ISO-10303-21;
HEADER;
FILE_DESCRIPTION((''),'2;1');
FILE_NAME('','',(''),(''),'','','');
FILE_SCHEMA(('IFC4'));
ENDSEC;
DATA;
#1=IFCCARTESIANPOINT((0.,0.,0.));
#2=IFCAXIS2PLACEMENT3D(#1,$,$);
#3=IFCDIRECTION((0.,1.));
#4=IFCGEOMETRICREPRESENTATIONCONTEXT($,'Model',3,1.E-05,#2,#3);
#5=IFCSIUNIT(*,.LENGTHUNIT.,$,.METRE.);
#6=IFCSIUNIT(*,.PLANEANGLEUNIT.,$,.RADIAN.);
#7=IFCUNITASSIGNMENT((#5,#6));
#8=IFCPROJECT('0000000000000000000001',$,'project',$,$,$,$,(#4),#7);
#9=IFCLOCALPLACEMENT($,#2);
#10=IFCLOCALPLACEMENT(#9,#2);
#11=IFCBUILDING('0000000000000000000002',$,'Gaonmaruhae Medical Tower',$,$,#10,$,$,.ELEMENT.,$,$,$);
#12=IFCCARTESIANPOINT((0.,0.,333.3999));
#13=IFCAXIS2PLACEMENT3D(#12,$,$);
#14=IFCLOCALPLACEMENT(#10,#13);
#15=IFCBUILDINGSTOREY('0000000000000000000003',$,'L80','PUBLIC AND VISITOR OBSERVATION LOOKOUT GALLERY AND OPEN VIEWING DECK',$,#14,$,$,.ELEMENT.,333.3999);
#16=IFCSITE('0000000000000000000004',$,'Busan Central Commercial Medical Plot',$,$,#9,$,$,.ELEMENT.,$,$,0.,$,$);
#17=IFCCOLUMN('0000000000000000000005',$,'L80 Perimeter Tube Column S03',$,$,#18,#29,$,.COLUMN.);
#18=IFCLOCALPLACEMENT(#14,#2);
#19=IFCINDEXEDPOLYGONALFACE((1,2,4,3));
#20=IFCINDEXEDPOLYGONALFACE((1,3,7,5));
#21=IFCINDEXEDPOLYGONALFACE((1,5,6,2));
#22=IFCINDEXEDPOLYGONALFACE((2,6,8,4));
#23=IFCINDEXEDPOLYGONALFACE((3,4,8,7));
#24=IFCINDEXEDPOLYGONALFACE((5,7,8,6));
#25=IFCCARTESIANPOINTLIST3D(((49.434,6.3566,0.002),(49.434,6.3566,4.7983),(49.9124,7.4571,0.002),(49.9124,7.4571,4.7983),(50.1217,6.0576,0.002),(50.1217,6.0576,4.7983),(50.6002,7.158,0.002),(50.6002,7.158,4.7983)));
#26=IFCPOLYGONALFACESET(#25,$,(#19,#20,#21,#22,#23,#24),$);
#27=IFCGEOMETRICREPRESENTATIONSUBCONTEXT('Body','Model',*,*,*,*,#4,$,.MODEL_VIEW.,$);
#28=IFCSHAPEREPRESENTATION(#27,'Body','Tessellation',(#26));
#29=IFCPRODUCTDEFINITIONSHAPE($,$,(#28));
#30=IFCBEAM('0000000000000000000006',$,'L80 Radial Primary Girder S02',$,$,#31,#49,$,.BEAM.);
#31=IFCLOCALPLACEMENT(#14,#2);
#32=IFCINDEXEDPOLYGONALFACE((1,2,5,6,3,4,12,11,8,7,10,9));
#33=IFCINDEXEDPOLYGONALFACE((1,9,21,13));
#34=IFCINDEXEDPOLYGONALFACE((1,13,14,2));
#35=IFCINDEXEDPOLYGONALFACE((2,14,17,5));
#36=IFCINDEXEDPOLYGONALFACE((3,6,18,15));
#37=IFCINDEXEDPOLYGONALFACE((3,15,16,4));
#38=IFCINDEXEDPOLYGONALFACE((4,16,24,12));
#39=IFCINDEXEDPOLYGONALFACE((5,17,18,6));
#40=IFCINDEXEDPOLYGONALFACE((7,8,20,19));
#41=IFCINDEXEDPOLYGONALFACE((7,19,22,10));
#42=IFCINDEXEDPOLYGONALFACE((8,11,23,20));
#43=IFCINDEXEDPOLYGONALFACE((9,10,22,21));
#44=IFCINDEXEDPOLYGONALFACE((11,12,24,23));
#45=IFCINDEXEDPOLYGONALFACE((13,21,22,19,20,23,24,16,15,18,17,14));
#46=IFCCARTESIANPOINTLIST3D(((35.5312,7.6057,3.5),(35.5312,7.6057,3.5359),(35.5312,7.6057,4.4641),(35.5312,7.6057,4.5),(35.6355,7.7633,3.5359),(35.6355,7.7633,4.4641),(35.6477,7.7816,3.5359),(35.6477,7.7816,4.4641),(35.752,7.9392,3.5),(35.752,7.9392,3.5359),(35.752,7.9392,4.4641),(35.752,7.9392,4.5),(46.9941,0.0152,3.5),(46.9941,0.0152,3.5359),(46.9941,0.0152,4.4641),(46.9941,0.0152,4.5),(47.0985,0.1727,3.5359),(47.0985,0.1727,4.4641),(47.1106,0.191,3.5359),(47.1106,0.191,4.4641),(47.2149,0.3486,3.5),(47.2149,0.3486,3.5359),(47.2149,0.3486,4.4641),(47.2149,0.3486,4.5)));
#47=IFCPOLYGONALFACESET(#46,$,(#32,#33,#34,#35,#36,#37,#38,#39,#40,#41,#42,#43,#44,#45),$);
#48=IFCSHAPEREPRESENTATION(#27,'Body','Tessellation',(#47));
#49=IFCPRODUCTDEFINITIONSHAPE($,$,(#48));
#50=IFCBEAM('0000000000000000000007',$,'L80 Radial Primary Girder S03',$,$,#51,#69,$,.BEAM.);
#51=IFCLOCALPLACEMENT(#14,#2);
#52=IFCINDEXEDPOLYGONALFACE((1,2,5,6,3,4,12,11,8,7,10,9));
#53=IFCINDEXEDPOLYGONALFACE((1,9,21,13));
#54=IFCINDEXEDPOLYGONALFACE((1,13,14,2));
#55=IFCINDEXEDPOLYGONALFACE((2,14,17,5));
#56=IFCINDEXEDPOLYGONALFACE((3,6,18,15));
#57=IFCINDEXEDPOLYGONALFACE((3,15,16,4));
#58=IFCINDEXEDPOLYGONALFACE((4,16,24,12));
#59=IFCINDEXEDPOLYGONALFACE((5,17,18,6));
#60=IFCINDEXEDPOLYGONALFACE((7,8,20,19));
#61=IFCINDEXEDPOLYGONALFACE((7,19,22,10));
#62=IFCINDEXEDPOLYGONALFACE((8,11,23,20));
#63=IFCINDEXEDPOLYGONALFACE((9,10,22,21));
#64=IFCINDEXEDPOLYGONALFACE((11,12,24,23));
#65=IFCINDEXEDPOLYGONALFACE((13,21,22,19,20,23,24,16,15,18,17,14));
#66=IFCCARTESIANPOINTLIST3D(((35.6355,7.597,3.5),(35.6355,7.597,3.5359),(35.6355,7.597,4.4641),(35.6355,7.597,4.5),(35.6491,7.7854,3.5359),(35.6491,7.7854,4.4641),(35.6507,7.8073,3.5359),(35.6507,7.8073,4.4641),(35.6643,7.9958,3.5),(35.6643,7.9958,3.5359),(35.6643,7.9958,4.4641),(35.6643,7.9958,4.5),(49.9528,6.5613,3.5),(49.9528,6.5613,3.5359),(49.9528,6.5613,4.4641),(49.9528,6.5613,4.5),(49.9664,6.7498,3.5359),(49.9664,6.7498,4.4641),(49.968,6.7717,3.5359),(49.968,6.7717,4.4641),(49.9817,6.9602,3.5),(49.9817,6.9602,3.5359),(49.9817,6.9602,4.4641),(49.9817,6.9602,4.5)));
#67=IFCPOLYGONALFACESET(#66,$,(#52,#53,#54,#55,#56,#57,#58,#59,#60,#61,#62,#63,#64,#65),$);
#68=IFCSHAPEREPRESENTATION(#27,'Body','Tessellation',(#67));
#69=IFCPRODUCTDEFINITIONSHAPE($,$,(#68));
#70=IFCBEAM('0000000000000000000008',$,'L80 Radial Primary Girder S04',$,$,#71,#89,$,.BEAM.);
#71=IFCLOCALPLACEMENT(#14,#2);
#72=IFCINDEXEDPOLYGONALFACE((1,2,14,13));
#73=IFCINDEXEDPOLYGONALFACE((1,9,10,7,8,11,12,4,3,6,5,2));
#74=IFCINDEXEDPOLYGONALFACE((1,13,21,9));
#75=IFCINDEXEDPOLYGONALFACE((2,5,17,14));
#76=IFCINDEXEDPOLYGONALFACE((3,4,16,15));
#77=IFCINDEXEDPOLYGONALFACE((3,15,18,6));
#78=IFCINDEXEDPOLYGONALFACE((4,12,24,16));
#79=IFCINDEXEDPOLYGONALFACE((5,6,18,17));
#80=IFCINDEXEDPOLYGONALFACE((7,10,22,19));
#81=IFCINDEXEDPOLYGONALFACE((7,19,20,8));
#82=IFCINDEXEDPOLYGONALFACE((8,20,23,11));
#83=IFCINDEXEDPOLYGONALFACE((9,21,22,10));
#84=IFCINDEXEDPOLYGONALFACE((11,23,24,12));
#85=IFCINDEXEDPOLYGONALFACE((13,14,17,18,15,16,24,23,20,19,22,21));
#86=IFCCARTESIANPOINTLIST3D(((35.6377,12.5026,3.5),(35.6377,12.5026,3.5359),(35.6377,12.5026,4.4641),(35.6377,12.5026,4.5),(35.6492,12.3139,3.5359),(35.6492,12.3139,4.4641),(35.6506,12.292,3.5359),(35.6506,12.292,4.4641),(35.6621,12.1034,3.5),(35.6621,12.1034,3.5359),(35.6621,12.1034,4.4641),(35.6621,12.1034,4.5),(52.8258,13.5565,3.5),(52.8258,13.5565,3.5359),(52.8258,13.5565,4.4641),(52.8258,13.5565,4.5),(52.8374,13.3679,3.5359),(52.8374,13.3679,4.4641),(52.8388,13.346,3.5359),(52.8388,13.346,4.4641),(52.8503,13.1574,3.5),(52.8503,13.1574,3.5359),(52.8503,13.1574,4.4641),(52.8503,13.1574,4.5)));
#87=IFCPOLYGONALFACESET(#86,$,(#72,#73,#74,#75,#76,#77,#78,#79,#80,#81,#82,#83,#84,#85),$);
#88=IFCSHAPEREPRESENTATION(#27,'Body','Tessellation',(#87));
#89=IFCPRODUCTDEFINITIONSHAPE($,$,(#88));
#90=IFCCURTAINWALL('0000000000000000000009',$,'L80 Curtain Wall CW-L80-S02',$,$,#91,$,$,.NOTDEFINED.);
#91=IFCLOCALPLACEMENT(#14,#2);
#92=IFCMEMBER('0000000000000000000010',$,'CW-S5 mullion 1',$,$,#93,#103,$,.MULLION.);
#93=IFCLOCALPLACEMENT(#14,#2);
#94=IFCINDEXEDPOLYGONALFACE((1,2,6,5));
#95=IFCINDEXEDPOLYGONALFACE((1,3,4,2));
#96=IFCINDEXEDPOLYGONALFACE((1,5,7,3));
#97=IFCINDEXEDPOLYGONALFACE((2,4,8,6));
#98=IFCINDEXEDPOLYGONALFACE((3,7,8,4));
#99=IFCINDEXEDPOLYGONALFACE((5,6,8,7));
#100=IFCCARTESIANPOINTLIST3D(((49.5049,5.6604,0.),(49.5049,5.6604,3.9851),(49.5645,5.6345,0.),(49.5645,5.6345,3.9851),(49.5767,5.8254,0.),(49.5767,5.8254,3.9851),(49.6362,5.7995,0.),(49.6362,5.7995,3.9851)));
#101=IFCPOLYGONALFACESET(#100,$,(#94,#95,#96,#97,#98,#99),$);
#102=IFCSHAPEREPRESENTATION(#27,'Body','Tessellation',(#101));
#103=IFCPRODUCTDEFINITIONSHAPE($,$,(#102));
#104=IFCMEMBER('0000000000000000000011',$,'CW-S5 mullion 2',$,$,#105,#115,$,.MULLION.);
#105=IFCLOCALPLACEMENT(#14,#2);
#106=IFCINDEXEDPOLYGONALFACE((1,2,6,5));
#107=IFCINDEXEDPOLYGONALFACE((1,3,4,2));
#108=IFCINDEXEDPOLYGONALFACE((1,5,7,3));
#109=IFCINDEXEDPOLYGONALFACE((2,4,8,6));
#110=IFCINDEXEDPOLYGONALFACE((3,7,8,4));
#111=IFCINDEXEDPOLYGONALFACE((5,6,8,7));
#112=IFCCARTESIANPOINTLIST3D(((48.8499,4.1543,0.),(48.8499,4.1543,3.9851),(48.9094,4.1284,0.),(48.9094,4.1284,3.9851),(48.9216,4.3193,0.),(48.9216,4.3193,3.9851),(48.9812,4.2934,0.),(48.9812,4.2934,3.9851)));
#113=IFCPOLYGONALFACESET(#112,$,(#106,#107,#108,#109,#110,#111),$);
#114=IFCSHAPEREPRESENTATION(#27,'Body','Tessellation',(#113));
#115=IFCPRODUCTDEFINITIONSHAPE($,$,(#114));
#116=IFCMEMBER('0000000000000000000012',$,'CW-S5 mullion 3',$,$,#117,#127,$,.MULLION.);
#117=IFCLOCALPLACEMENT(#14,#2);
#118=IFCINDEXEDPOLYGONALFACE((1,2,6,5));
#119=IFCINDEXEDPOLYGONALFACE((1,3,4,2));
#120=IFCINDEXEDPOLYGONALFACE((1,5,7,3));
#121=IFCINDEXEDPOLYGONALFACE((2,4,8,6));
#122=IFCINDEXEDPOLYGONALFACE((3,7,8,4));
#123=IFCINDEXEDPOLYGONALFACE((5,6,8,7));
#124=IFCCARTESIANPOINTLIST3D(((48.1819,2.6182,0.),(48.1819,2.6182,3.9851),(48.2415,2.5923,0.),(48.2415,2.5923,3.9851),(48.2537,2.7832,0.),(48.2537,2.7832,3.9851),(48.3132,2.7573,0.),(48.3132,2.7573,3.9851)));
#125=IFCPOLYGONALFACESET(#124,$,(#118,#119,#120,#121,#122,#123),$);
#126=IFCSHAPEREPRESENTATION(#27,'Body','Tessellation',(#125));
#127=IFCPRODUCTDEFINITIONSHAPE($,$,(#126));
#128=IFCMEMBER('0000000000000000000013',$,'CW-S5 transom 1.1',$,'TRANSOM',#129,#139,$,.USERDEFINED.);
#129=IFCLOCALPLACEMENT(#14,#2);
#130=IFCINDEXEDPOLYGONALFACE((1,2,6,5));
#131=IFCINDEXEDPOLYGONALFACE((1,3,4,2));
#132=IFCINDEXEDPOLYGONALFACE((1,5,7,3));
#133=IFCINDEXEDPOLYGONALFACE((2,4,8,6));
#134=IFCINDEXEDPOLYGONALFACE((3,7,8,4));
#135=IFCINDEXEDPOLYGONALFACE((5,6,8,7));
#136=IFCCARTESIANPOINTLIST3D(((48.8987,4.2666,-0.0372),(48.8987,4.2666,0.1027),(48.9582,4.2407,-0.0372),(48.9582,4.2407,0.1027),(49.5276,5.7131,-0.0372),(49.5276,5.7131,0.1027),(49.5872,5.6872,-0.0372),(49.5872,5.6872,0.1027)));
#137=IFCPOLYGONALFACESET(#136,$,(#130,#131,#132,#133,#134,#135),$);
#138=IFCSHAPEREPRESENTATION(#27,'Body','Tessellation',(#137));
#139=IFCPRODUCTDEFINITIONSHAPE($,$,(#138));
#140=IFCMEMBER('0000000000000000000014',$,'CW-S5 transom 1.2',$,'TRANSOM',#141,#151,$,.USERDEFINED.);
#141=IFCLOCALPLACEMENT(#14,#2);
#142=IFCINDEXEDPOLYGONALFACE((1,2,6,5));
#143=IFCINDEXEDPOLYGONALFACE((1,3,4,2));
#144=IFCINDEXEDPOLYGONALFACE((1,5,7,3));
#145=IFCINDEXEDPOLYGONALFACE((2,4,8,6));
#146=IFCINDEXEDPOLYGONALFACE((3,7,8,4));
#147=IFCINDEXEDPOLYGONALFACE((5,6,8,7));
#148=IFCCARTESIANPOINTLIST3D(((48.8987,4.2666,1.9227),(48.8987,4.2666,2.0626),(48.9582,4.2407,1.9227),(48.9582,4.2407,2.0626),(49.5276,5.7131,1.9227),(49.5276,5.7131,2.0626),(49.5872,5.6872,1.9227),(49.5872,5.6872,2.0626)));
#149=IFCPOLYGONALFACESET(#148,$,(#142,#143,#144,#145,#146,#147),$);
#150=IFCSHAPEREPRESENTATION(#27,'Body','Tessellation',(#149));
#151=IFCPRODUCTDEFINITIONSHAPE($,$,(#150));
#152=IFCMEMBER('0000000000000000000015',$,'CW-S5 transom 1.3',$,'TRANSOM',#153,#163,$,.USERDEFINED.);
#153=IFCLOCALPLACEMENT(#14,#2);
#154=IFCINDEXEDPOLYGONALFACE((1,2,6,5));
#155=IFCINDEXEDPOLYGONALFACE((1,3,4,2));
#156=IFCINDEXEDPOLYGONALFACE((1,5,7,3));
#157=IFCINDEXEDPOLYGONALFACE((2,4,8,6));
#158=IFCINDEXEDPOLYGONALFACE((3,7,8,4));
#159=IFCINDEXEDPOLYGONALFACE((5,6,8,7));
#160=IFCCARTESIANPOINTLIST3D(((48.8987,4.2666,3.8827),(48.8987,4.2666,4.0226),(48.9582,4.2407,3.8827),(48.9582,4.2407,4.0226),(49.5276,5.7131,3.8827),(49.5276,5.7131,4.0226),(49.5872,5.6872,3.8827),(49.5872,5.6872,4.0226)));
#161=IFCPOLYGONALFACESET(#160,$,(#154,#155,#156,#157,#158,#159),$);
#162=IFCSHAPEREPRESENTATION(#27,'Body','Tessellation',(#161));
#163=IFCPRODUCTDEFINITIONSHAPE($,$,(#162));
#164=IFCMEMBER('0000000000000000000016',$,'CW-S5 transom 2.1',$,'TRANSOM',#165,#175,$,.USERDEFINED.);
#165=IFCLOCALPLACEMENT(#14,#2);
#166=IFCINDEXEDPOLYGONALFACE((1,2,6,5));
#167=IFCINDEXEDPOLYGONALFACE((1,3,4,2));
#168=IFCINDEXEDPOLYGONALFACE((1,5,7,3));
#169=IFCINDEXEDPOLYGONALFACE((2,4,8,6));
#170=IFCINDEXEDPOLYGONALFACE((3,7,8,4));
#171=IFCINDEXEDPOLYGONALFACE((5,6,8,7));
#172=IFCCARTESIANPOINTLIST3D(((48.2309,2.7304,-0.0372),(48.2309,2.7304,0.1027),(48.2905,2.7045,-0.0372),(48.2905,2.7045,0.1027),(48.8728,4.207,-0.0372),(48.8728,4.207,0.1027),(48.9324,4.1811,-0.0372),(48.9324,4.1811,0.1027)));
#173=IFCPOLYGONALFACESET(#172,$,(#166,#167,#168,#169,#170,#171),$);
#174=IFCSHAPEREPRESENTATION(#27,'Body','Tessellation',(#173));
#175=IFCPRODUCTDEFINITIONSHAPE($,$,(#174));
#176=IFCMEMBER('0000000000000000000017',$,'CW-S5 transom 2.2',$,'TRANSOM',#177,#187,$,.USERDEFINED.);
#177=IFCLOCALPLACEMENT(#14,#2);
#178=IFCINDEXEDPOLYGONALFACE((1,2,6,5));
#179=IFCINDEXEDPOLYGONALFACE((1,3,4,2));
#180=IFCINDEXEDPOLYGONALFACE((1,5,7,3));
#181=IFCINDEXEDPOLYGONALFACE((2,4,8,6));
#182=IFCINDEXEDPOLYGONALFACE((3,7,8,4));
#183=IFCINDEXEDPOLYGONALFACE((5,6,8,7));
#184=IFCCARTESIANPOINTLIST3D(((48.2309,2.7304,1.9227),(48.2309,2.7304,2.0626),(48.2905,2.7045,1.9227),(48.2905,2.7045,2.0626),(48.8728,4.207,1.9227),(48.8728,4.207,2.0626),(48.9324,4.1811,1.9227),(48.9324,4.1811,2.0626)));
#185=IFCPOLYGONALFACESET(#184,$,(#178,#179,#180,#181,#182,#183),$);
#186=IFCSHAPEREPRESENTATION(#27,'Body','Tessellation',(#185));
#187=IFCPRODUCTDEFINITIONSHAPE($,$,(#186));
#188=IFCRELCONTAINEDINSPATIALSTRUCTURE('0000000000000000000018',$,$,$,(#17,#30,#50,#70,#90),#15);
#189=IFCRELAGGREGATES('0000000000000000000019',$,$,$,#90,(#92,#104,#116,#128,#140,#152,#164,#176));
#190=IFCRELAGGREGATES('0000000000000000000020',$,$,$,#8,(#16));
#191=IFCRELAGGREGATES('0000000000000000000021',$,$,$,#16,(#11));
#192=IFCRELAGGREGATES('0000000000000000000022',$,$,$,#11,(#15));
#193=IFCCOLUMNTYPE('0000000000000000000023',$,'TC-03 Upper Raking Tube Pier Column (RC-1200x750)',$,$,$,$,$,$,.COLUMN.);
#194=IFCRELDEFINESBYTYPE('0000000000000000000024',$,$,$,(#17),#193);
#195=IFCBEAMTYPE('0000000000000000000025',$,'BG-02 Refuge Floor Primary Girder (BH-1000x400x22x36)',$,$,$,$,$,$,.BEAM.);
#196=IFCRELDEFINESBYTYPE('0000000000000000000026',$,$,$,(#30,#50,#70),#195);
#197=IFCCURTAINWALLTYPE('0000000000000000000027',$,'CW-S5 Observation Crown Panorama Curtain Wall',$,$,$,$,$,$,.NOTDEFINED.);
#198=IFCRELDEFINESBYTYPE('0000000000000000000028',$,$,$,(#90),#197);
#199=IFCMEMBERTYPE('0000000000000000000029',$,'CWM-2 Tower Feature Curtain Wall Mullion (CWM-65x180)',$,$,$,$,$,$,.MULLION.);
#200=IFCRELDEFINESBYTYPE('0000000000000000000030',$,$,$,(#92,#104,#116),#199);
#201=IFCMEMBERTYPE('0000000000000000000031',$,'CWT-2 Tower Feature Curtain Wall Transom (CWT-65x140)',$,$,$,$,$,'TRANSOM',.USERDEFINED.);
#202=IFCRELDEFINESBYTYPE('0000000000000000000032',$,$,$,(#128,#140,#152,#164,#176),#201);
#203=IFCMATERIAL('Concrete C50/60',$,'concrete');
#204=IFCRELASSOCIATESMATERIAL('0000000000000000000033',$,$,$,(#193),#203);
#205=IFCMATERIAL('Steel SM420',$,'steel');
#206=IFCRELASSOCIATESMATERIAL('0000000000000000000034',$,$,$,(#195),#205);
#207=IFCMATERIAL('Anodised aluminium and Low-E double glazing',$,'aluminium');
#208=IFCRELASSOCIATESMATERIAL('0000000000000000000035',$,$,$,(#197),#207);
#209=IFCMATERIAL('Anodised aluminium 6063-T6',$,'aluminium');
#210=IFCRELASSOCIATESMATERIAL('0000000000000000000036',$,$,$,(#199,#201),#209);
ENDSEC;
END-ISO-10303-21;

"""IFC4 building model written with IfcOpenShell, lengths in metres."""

from ifc_helpers import new_model, si_unit, direction, frame, origin, origin_2d, place, context, subcontext, project, spatial, rectangle, i_section, extrude, material, material_profile, profile_set, type_object, element, aggregate, save


model = new_model("IFC4")

# Units and contexts
model_context = context("Model", 3, precision=1e-05, world=origin(), true_north=direction((0.0, 1.0)))
body_context = subcontext(model_context, "Body", "Model", "MODEL_VIEW")
ifc_project = project(units=[si_unit("LENGTHUNIT", "METRE"), si_unit("PLANEANGLEUNIT", "RADIAN")], contexts=[model_context])

# Site, building, storey
site_placement = place(None, origin())
site = spatial("IfcSite", under=ifc_project, at=site_placement, Name="Busan Central Commercial Medical Plot", CompositionType="ELEMENT", RefElevation=0.0)
building_placement = place(site_placement, origin())
building = spatial("IfcBuilding", under=site, at=building_placement, Name="Gaonmaruhae Medical Tower", CompositionType="ELEMENT")
storey_placement = place(building_placement, frame((0.0, 0.0, 333.3999)))
storey = spatial("IfcBuildingStorey", under=building, at=storey_placement, Name="L80", Description="PUBLIC AND VISITOR OBSERVATION LOOKOUT GALLERY AND OPEN VIEWING DECK", CompositionType="ELEMENT", Elevation=333.3999)

# Column
ifc_material_1 = material(Name="Concrete C50/60", Category="concrete")
ifc_material_profile_1 = material_profile(ifc_material_1, rectangle(XDim=1.2, YDim=0.75, at=origin_2d()), Name="RC-1200x750")
ifc_profile_set_1 = profile_set([ifc_material_profile_1], Name="Concrete C50/60")
column_type = type_object("IfcColumnType", Name="TC-03 Upper Raking Tube Pier Column (RC-1200x750)", PredefinedType="COLUMN", material=ifc_profile_set_1)
column_placement = place(storey_placement, frame((50.0171, 6.7573, 0.002), z_axis=(0.0, 0.0, 1.0), x_axis=(0.398749, 0.91706, 0.0)))
element("IfcColumn", 1, at=column_placement, inside=storey, type_object=column_type, Name="L80 Perimeter Tube Column S03", PredefinedType="COLUMN", context=body_context, shape_type="SweptSolid", body=[
    extrude(rectangle(XDim=1.2, YDim=0.75, at=origin_2d()), origin(), (0.0, 0.0, 1.0), 4.7964),
])

# Beams
ifc_material_2 = material(Name="Steel SM420", Category="steel")
ifc_material_profile_2 = material_profile(ifc_material_2, i_section(OverallWidth=0.3999, OverallDepth=1.0, WebThickness=0.022, FlangeThickness=0.0359, at=origin_2d()), Name="BH-1000x400x22x36")
ifc_profile_set_2 = profile_set([ifc_material_profile_2], Name="Steel SM420")
beam_type_1 = type_object("IfcBeamType", Name="BG-02 Refuge Floor Primary Girder (BH-1000x400x22x36)", PredefinedType="BEAM", material=ifc_profile_set_2)
beam_1_placement = place(storey_placement, frame((35.6416, 7.7725, 4.0), z_axis=(0.83377, -0.552112, 0.0), x_axis=(0.552112, 0.83377, 0.0)))
element("IfcBeam", 2, at=beam_1_placement, inside=storey, type_object=beam_type_1, Name="L80 Radial Primary Girder S02", PredefinedType="BEAM", context=body_context, shape_type="SweptSolid", body=[
    extrude(i_section(OverallWidth=0.3999, OverallDepth=1.0, WebThickness=0.022, FlangeThickness=0.0359, at=origin_2d()), origin(), (0.0, 0.0, 1.0), 13.7483),
])
beam_2_placement = place(storey_placement, frame((35.6499, 7.7964, 4.0), z_axis=(0.997394, -0.072146, 0.0), x_axis=(0.072146, 0.997394, 0.0)))
element("IfcBeam", 3, at=beam_2_placement, inside=storey, type_object=beam_type_1, Name="L80 Radial Primary Girder S03", PredefinedType="BEAM", context=body_context, shape_type="SweptSolid", body=[
    extrude(i_section(OverallWidth=0.3999, OverallDepth=1.0, WebThickness=0.022, FlangeThickness=0.0359, at=origin_2d()), origin(), (0.0, 0.0, 1.0), 14.3547),
])
beam_3_placement = place(storey_placement, frame((35.6499, 12.303, 4.0), z_axis=(0.998125, 0.061203, 0.0), x_axis=(-0.061203, 0.998125, 0.0)))
element("IfcBeam", 4, at=beam_3_placement, inside=storey, type_object=beam_type_1, Name="L80 Radial Primary Girder S04", PredefinedType="BEAM", context=body_context, shape_type="SweptSolid", body=[
    extrude(i_section(OverallWidth=0.3999, OverallDepth=1.0, WebThickness=0.022, FlangeThickness=0.0359, at=origin_2d()), origin(), (0.0, 0.0, 1.0), 17.2205),
])

# Curtain wall, members
ifc_material_3 = material(Name="Anodised aluminium and Low-E double glazing", Category="aluminium")
curtain_wall_type = type_object("IfcCurtainWallType", Name="CW-S5 Observation Crown Panorama Curtain Wall", PredefinedType="NOTDEFINED", material=ifc_material_3)
curtain_wall_placement = place(storey_placement, origin())
curtain_wall = element("IfcCurtainWall", 5, at=curtain_wall_placement, inside=storey, type_object=curtain_wall_type, Name="L80 Curtain Wall CW-L80-S02", PredefinedType="NOTDEFINED")
ifc_material_4 = material(Name="Anodised aluminium 6063-T6", Category="aluminium")
ifc_material_profile_3 = material_profile(ifc_material_4, rectangle(XDim=0.0649, YDim=0.1799, at=origin_2d()), Name="CWM-65x180")
ifc_profile_set_3 = profile_set([ifc_material_profile_3], Name="Anodised aluminium 6063-T6")
member_type_1 = type_object("IfcMemberType", Name="CWM-2 Tower Feature Curtain Wall Mullion (CWM-65x180)", PredefinedType="MULLION", material=ifc_profile_set_3)
member_1_placement = place(storey_placement, frame((49.5706, 5.73, 0.0), z_axis=(0.0, 0.0, 1.0), x_axis=(0.917068, -0.398732, 0.0)))
member_1 = element("IfcMember", 6, at=member_1_placement, type_object=member_type_1, Name="CW-S5 mullion 1", PredefinedType="MULLION", context=body_context, shape_type="SweptSolid", body=[
    extrude(rectangle(XDim=0.0649, YDim=0.1799, at=origin_2d()), origin(), (0.0, 0.0, 1.0), 3.9851),
])
member_2_placement = place(storey_placement, frame((48.9155, 4.2239, 0.0), z_axis=(0.0, 0.0, 1.0), x_axis=(0.917068, -0.398732, 0.0)))
member_2 = element("IfcMember", 7, at=member_2_placement, type_object=member_type_1, Name="CW-S5 mullion 2", PredefinedType="MULLION", context=body_context, shape_type="SweptSolid", body=[
    extrude(rectangle(XDim=0.0649, YDim=0.1799, at=origin_2d()), origin(), (0.0, 0.0, 1.0), 3.9851),
])
member_3_placement = place(storey_placement, frame((48.2476, 2.6877, 0.0), z_axis=(0.0, 0.0, 1.0), x_axis=(0.917068, -0.398732, 0.0)))
member_3 = element("IfcMember", 8, at=member_3_placement, type_object=member_type_1, Name="CW-S5 mullion 3", PredefinedType="MULLION", context=body_context, shape_type="SweptSolid", body=[
    extrude(rectangle(XDim=0.0649, YDim=0.1799, at=origin_2d()), origin(), (0.0, 0.0, 1.0), 3.9851),
])
ifc_material_profile_4 = material_profile(ifc_material_4, rectangle(XDim=0.0649, YDim=0.1399, at=origin_2d()), Name="CWT-65x140")
ifc_profile_set_4 = profile_set([ifc_material_profile_4], Name="Anodised aluminium 6063-T6")
member_type_2 = type_object("IfcMemberType", Name="CWT-2 Tower Feature Curtain Wall Transom (CWT-65x140)", ElementType="TRANSOM", PredefinedType="USERDEFINED", material=ifc_profile_set_4)
member_4_placement = place(storey_placement, frame((49.5574, 5.7002, 0.0327), z_axis=(-0.398715, -0.917075, 0.0), x_axis=(0.917075, -0.398715, 0.0)))
member_4 = element("IfcMember", 9, at=member_4_placement, type_object=member_type_2, Name="CW-S5 transom 1.1", ObjectType="TRANSOM", PredefinedType="USERDEFINED", context=body_context, shape_type="SweptSolid", body=[
    extrude(rectangle(XDim=0.0649, YDim=0.1399, at=origin_2d()), origin(), (0.0, 0.0, 1.0), 1.5774),
])
member_5_placement = place(storey_placement, frame((49.5574, 5.7002, 1.9927), z_axis=(-0.398715, -0.917075, 0.0), x_axis=(0.917075, -0.398715, 0.0)))
member_5 = element("IfcMember", 10, at=member_5_placement, type_object=member_type_2, Name="CW-S5 transom 1.2", ObjectType="TRANSOM", PredefinedType="USERDEFINED", context=body_context, shape_type="SweptSolid", body=[
    extrude(rectangle(XDim=0.0649, YDim=0.1399, at=origin_2d()), origin(), (0.0, 0.0, 1.0), 1.5774),
])
member_6_placement = place(storey_placement, frame((49.5574, 5.7002, 3.9526), z_axis=(-0.398715, -0.917075, 0.0), x_axis=(0.917075, -0.398715, 0.0)))
member_6 = element("IfcMember", 11, at=member_6_placement, type_object=member_type_2, Name="CW-S5 transom 1.3", ObjectType="TRANSOM", PredefinedType="USERDEFINED", context=body_context, shape_type="SweptSolid", body=[
    extrude(rectangle(XDim=0.0649, YDim=0.1399, at=origin_2d()), origin(), (0.0, 0.0, 1.0), 1.5774),
])
member_7_placement = place(storey_placement, frame((48.9026, 4.1941, 0.0327), z_axis=(-0.398654, -0.917101, 0.0), x_axis=(0.917101, -0.398654, 0.0)))
member_7 = element("IfcMember", 12, at=member_7_placement, type_object=member_type_2, Name="CW-S5 transom 2.1", ObjectType="TRANSOM", PredefinedType="USERDEFINED", context=body_context, shape_type="SweptSolid", body=[
    extrude(rectangle(XDim=0.0649, YDim=0.1399, at=origin_2d()), origin(), (0.0, 0.0, 1.0), 1.6101),
])
member_8_placement = place(storey_placement, frame((48.9026, 4.1941, 1.9927), z_axis=(-0.398654, -0.917101, 0.0), x_axis=(0.917101, -0.398654, 0.0)))
member_8 = element("IfcMember", 13, at=member_8_placement, type_object=member_type_2, Name="CW-S5 transom 2.2", ObjectType="TRANSOM", PredefinedType="USERDEFINED", context=body_context, shape_type="SweptSolid", body=[
    extrude(rectangle(XDim=0.0649, YDim=0.1399, at=origin_2d()), origin(), (0.0, 0.0, 1.0), 1.6101),
])

aggregate(curtain_wall, [member_1, member_2, member_3, member_4, member_5, member_6, member_7, member_8])

save(model, "model.ifc")
